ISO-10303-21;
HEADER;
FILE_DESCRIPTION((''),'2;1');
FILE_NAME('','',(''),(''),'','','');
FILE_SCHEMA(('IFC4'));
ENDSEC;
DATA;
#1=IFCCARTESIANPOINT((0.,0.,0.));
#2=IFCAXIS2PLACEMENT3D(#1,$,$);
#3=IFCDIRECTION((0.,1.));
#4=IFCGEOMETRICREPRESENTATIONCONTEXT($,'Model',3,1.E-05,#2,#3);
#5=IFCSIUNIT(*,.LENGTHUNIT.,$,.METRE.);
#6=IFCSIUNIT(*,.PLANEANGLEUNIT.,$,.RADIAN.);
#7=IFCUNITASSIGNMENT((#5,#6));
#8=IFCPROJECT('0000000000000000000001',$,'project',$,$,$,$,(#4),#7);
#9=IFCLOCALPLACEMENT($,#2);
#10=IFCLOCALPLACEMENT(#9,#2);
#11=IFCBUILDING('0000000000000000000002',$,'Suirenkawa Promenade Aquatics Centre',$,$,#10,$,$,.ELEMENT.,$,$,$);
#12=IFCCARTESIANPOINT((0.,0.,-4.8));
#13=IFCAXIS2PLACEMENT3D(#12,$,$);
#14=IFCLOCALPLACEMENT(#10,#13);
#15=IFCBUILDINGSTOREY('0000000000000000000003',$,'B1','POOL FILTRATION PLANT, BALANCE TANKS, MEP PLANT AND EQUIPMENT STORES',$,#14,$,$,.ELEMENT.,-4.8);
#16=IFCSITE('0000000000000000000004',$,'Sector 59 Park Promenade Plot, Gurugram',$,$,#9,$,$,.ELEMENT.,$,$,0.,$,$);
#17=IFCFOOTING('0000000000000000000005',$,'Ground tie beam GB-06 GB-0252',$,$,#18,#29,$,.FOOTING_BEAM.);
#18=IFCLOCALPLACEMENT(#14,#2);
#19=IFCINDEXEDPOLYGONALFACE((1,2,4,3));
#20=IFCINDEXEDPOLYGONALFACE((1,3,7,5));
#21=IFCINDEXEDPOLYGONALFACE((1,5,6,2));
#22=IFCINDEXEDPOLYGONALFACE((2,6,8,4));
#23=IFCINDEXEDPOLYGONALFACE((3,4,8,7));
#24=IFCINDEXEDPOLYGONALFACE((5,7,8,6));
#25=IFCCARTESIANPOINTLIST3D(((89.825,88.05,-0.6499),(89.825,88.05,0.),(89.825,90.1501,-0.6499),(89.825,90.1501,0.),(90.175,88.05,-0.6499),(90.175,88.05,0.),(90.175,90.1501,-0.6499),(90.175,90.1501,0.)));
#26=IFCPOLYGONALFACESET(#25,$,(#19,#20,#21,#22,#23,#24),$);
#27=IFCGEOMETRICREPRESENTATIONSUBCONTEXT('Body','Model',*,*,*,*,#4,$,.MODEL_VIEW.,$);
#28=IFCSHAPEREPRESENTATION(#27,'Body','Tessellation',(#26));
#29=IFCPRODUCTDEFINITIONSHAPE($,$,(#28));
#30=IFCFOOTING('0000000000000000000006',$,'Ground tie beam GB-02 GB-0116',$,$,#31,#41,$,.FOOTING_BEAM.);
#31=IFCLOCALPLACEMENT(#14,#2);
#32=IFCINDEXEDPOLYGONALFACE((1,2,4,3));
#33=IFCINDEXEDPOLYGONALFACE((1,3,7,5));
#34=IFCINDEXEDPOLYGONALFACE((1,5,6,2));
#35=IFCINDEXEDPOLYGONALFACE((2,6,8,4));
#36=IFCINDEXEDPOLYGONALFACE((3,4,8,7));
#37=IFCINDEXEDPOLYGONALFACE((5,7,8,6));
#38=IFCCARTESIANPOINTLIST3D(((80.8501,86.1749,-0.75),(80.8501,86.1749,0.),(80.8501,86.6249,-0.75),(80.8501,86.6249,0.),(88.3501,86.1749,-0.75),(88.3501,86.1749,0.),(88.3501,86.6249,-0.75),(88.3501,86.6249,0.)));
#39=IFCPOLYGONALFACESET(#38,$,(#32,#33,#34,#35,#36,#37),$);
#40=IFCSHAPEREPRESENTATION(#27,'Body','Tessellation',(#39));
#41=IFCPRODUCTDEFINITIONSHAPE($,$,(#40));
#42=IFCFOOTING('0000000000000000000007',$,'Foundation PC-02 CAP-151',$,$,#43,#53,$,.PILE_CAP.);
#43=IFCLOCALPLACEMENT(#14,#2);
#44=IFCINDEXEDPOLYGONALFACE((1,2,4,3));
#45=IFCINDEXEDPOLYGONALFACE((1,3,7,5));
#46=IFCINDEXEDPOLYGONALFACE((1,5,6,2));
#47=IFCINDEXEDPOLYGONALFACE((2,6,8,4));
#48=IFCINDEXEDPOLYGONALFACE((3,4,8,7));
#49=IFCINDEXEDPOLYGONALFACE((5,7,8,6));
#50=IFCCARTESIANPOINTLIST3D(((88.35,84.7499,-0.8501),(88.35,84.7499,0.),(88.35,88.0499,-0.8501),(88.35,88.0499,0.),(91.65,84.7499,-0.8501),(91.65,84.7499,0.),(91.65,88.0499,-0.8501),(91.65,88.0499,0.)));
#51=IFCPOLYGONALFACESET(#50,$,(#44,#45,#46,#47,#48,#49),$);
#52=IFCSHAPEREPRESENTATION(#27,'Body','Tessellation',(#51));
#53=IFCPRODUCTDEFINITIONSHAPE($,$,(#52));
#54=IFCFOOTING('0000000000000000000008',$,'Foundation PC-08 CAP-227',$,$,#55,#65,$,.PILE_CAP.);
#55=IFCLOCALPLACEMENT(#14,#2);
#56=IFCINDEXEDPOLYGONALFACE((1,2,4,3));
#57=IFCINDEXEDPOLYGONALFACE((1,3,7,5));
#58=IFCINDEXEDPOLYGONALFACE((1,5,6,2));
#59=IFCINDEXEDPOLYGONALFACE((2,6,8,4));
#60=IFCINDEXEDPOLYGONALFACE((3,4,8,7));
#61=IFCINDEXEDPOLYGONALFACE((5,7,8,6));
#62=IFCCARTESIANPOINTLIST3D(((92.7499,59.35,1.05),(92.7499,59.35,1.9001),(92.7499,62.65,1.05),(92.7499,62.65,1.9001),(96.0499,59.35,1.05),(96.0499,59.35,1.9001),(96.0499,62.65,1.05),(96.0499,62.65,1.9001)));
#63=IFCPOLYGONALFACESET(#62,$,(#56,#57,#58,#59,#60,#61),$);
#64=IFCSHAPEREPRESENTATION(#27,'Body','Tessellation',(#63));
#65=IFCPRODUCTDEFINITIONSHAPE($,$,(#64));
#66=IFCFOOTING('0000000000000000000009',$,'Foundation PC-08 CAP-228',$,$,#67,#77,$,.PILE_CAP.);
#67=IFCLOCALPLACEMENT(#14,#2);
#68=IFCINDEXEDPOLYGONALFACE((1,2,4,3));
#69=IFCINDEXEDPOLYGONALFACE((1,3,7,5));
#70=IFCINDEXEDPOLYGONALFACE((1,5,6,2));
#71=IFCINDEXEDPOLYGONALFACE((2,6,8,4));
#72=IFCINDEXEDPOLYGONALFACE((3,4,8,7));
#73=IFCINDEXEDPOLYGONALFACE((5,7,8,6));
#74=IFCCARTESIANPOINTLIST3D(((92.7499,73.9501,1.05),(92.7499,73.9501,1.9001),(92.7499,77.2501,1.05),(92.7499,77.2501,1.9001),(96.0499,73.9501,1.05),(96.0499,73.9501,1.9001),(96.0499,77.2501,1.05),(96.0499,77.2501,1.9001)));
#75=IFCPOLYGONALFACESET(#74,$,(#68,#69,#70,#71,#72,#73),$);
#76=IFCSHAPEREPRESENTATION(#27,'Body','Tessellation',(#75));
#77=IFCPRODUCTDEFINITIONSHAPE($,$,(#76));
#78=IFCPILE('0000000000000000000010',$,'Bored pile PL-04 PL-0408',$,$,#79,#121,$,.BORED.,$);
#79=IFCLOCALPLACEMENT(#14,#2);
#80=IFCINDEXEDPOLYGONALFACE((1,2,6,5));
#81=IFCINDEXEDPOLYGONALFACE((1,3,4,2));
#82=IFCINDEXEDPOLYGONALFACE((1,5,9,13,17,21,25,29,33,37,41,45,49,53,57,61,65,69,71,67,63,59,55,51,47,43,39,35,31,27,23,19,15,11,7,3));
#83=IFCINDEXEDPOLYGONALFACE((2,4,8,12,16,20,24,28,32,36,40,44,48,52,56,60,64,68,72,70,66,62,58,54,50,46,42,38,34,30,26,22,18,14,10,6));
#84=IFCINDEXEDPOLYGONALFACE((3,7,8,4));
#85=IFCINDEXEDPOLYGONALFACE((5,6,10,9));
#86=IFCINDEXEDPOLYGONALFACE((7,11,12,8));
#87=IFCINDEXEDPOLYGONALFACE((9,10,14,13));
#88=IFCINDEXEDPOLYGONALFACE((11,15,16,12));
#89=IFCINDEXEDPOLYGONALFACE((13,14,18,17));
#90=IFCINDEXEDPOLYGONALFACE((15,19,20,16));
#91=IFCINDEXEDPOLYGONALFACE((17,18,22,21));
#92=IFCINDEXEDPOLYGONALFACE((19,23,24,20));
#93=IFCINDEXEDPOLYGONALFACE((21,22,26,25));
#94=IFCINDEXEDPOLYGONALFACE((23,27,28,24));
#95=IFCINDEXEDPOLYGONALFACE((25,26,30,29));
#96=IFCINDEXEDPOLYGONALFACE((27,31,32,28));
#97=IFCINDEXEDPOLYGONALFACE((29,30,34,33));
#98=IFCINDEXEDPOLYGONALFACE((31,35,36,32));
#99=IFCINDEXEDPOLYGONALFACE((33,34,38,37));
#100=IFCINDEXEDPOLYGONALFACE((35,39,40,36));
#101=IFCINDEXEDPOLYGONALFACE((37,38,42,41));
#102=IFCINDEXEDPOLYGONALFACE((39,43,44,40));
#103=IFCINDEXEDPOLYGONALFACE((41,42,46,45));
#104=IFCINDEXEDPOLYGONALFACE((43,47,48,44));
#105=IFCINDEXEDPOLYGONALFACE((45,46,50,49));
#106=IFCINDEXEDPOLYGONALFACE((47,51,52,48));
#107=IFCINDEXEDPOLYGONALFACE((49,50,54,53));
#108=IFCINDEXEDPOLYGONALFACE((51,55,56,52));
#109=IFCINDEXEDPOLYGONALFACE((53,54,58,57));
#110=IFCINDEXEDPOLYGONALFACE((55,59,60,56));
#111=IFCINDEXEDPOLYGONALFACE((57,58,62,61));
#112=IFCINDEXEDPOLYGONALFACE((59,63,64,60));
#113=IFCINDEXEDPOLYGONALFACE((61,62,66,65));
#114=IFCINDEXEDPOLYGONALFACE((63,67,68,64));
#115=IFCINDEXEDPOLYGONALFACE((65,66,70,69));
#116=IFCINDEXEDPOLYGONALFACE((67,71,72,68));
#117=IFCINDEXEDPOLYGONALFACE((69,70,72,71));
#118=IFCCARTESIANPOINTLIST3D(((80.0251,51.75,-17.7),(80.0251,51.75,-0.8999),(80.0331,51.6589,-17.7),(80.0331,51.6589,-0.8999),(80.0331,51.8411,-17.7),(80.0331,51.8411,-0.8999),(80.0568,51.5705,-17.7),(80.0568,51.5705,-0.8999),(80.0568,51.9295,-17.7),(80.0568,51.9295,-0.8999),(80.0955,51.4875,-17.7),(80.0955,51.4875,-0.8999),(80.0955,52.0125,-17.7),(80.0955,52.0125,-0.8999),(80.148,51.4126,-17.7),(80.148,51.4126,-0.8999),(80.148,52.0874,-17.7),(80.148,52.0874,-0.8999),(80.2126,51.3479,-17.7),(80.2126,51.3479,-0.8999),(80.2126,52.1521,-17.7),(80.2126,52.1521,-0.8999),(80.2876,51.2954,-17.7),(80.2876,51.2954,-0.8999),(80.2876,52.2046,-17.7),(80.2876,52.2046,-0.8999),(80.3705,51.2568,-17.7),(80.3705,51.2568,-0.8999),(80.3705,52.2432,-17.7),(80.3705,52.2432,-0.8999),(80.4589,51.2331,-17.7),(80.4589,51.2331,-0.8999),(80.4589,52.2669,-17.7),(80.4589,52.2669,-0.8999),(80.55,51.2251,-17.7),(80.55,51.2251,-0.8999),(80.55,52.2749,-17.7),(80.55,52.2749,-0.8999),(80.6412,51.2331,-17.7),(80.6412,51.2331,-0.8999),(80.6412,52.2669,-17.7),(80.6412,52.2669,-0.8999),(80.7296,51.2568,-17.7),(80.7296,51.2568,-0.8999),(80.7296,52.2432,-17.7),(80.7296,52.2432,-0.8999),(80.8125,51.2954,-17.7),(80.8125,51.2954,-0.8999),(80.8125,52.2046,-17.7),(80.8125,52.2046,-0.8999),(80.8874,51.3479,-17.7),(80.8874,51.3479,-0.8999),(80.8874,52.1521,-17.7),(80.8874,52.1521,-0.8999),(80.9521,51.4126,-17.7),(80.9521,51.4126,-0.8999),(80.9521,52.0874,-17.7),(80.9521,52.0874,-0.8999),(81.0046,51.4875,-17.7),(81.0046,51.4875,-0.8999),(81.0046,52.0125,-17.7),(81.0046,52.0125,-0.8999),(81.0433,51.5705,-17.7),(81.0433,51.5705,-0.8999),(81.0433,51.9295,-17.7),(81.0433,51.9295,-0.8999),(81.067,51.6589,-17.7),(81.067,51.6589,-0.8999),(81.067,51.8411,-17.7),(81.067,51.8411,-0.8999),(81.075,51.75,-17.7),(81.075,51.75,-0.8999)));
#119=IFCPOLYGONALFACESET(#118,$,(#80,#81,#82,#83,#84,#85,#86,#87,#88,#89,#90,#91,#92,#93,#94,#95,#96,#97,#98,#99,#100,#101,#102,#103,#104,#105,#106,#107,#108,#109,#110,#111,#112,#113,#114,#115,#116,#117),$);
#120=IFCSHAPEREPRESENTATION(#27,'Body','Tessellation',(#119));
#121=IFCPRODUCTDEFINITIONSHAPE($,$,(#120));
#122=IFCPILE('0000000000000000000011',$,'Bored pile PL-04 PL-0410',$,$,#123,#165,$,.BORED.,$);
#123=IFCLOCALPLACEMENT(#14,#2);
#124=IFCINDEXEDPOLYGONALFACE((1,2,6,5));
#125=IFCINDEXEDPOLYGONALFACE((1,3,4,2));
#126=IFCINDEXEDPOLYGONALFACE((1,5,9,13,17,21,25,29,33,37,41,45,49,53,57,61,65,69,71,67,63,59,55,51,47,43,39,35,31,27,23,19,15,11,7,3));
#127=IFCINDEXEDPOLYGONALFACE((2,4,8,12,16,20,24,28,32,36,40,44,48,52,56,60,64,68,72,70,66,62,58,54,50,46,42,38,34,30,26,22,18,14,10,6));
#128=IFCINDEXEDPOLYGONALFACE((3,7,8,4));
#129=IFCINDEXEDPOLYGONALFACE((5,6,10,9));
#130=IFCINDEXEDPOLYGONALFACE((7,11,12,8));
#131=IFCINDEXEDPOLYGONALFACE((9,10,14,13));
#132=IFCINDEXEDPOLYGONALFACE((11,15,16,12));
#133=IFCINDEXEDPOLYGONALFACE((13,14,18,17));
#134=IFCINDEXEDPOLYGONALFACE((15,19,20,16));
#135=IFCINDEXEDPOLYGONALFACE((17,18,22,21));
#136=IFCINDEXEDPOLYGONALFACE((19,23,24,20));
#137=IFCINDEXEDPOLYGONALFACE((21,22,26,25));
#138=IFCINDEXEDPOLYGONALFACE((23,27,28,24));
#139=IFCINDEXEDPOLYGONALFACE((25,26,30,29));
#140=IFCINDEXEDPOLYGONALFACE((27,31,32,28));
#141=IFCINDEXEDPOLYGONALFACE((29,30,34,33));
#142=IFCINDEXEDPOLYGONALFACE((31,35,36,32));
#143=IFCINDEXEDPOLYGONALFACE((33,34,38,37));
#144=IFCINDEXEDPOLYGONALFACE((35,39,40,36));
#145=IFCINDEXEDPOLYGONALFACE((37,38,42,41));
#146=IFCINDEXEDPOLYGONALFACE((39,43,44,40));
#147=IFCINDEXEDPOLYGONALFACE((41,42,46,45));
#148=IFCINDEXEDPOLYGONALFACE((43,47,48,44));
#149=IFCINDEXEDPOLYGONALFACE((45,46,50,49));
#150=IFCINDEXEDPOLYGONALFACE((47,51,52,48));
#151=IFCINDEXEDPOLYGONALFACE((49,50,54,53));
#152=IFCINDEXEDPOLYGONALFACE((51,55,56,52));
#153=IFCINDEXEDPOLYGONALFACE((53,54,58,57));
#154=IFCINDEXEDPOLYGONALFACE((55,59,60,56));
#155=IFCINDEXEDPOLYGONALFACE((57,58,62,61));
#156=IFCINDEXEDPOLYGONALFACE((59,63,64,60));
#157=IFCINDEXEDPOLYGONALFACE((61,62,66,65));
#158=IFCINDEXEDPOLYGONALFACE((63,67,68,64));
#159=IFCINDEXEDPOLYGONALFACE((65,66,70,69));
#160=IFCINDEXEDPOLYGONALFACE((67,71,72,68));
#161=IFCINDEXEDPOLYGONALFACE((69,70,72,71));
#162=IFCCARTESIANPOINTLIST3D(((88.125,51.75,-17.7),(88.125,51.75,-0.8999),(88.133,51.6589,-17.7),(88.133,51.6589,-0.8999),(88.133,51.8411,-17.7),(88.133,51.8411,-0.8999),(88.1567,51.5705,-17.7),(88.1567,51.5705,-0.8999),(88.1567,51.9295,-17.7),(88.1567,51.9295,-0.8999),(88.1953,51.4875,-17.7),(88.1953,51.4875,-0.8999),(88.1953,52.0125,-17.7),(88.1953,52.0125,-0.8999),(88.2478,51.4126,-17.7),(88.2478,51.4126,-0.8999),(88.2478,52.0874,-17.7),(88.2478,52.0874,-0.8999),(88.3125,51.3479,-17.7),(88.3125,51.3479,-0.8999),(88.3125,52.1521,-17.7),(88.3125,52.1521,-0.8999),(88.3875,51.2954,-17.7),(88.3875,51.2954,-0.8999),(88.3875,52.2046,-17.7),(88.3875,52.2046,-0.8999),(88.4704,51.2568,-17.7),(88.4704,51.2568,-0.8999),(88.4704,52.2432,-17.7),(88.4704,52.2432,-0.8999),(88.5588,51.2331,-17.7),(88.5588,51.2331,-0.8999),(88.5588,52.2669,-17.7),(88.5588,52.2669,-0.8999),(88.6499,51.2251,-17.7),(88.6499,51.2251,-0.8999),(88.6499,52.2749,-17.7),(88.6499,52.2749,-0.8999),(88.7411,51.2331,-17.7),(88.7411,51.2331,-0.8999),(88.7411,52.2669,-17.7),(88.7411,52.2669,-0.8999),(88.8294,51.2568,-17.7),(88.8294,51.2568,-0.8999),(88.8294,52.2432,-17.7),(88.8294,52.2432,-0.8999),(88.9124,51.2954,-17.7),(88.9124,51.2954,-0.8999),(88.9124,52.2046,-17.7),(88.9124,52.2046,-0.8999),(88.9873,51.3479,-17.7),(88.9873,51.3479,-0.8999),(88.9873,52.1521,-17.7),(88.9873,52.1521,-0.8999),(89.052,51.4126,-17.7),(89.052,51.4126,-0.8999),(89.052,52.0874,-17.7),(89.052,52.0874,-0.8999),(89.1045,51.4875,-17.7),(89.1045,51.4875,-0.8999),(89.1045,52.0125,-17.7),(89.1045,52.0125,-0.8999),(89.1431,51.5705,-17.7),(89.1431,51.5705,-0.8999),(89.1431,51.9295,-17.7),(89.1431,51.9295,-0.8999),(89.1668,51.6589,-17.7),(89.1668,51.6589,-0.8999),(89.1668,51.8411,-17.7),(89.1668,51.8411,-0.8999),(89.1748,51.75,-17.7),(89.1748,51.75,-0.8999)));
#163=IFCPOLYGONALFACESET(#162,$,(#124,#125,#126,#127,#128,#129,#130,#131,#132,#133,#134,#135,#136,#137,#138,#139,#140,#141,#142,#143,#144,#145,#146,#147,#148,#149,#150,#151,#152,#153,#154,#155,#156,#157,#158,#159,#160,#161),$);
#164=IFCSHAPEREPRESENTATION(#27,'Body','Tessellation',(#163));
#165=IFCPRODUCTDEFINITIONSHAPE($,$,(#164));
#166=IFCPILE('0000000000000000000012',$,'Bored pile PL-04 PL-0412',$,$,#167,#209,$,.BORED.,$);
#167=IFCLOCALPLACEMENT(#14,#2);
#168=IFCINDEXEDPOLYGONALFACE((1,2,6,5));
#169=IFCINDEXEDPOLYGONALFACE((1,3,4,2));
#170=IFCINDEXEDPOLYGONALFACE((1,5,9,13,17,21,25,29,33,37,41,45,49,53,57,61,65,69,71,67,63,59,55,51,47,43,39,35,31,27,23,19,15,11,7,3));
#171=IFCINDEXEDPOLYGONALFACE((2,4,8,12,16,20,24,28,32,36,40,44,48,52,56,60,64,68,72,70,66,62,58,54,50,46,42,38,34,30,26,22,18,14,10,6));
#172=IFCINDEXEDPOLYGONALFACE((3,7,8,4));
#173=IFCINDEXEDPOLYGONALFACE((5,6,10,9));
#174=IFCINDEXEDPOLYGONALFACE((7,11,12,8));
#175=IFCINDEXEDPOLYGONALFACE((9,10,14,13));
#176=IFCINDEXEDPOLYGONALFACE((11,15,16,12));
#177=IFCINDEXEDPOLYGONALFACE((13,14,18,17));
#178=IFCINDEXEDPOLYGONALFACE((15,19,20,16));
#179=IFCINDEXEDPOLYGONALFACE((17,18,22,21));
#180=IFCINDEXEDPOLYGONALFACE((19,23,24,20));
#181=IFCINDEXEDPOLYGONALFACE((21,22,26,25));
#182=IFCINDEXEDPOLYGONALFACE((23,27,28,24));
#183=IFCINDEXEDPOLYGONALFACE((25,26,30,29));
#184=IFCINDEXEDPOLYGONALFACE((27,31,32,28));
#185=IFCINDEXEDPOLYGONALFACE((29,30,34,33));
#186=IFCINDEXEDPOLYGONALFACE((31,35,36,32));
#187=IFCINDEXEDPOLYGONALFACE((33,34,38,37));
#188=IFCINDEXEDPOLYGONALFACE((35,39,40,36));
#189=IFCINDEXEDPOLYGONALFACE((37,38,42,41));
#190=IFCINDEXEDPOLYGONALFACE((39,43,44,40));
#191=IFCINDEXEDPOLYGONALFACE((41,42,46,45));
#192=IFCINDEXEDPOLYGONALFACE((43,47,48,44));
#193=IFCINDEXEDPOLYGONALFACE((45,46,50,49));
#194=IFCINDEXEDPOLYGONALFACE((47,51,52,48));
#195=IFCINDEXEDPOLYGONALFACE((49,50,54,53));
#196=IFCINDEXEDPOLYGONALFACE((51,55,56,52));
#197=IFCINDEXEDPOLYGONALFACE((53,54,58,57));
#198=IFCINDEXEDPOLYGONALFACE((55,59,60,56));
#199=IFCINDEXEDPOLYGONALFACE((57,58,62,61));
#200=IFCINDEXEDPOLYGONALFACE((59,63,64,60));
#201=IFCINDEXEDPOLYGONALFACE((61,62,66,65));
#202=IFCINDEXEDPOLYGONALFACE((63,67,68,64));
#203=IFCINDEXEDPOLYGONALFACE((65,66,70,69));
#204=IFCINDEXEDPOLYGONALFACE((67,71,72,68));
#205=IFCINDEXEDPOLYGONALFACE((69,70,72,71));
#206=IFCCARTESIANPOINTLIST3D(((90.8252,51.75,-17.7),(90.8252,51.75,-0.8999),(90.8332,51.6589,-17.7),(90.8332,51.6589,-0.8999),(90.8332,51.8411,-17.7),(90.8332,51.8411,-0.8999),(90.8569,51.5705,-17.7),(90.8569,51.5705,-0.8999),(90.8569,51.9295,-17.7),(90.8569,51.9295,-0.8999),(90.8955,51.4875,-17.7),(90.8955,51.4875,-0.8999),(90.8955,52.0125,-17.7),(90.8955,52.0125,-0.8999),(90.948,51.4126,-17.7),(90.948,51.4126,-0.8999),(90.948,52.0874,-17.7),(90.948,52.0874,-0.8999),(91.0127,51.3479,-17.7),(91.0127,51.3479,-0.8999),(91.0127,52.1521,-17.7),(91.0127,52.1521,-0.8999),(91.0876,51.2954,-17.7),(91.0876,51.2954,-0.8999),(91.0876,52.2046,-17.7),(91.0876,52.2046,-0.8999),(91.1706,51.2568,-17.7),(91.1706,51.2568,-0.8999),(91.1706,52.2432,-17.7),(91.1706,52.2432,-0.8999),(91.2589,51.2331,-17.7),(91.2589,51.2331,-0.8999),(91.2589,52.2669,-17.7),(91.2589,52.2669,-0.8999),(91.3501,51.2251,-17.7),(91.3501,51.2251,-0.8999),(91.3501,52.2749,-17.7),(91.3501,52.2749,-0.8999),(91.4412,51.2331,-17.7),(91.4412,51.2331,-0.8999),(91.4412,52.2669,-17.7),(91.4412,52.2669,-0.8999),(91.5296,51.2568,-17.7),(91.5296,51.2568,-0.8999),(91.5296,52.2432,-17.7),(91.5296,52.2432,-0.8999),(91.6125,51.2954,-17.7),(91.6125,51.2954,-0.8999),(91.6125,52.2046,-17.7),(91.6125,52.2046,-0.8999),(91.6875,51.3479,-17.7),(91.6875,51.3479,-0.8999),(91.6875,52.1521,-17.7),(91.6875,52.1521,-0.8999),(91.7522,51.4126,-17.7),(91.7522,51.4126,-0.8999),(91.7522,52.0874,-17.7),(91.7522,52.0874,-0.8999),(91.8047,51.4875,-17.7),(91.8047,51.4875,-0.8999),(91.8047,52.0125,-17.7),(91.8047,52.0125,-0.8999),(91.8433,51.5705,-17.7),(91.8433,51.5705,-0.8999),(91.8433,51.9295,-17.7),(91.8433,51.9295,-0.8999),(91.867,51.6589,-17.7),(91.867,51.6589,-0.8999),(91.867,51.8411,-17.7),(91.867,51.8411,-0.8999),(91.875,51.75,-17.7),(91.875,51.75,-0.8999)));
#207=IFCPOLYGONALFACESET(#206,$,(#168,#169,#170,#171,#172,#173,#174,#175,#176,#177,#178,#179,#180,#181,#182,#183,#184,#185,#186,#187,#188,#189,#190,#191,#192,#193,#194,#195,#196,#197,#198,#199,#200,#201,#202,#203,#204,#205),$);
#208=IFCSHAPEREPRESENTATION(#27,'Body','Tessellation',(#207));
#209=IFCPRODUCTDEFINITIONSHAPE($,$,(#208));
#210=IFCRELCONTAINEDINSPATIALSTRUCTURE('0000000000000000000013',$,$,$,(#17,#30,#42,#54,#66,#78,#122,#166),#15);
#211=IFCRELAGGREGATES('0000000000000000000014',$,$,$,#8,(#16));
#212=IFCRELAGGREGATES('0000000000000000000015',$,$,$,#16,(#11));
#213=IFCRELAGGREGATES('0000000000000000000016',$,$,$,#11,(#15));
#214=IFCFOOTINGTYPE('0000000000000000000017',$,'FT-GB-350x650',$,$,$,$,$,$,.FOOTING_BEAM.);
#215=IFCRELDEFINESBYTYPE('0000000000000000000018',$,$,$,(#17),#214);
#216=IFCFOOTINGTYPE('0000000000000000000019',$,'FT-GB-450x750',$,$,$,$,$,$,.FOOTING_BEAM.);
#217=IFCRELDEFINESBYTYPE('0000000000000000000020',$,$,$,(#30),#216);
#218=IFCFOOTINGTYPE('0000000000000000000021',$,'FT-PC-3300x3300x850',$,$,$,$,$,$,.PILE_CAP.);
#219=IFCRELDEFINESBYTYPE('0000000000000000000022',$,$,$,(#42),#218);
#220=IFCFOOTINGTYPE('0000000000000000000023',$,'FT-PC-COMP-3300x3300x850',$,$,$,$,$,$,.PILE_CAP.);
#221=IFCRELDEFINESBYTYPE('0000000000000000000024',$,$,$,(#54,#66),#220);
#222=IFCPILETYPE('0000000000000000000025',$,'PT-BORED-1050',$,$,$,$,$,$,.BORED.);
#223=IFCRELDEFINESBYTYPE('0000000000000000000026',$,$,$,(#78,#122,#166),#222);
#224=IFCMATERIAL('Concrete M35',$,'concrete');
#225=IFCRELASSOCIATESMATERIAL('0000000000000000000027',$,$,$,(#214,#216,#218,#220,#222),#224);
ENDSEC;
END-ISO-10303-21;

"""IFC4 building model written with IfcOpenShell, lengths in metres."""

from ifc_helpers import new_model, si_unit, direction, frame, origin, origin_2d, place, context, subcontext, project, spatial, rectangle, circle, extrude, material, material_profile, profile_set, type_object, element, save


model = new_model("IFC4")

# Units and contexts
model_context = context("Model", 3, precision=1e-05, world=origin(), true_north=direction((0.0, 1.0)))
body_context = subcontext(model_context, "Body", "Model", "MODEL_VIEW")
ifc_project = project(units=[si_unit("LENGTHUNIT", "METRE"), si_unit("PLANEANGLEUNIT", "RADIAN")], contexts=[model_context])

# Site, building, storey
site_placement = place(None, origin())
site = spatial("IfcSite", under=ifc_project, at=site_placement, Name="Sector 59 Park Promenade Plot, Gurugram", CompositionType="ELEMENT", RefElevation=0.0)
building_placement = place(site_placement, origin())
building = spatial("IfcBuilding", under=site, at=building_placement, Name="Suirenkawa Promenade Aquatics Centre", CompositionType="ELEMENT")
storey_placement = place(building_placement, frame((0.0, 0.0, -4.8)))
storey = spatial("IfcBuildingStorey", under=building, at=storey_placement, Name="B1", Description="POOL FILTRATION PLANT, BALANCE TANKS, MEP PLANT AND EQUIPMENT STORES", CompositionType="ELEMENT", Elevation=-4.8)

# Footings
ifc_material_1 = material(Name="Concrete M35", Category="concrete")
footing_type_1 = type_object("IfcFootingType", Name="FT-GB-350x650", PredefinedType="FOOTING_BEAM", material=ifc_material_1)
footing_1_placement = place(storey_placement, frame((90.0, 89.1001, -0.6499), z_axis=(0.0, 0.0, 1.0), x_axis=(0.0, 1.0, 0.0)))
element("IfcFooting", 1, at=footing_1_placement, inside=storey, type_object=footing_type_1, Name="Ground tie beam GB-06 GB-0252", PredefinedType="FOOTING_BEAM", context=body_context, shape_type="SweptSolid", body=[
    extrude(rectangle(XDim=2.1001, YDim=0.3501, at=origin_2d()), origin(), (0.0, 0.0, 1.0), 0.6499),
])
footing_type_2 = type_object("IfcFootingType", Name="FT-GB-450x750", PredefinedType="FOOTING_BEAM", material=ifc_material_1)
footing_2_placement = place(storey_placement, frame((84.6001, 86.3999, -0.75), z_axis=(0.0, 0.0, 1.0), x_axis=(1.0, 0.0, 0.0)))
element("IfcFooting", 2, at=footing_2_placement, inside=storey, type_object=footing_type_2, Name="Ground tie beam GB-02 GB-0116", PredefinedType="FOOTING_BEAM", context=body_context, shape_type="SweptSolid", body=[
    extrude(rectangle(XDim=7.5, YDim=0.45, at=origin_2d()), origin(), (0.0, 0.0, 1.0), 0.75),
])
footing_type_3 = type_object("IfcFootingType", Name="FT-PC-3300x3300x850", PredefinedType="PILE_CAP", material=ifc_material_1)
footing_3_placement = place(storey_placement, frame((90.0, 86.3999, -0.8501), z_axis=(0.0, 0.0, 1.0), x_axis=(1.0, 0.0, 0.0)))
element("IfcFooting", 3, at=footing_3_placement, inside=storey, type_object=footing_type_3, Name="Foundation PC-02 CAP-151", PredefinedType="PILE_CAP", context=body_context, shape_type="SweptSolid", body=[
    extrude(rectangle(XDim=3.3, YDim=3.3, at=origin_2d()), origin(), (0.0, 0.0, 1.0), 0.8501),
])
footing_type_4 = type_object("IfcFootingType", Name="FT-PC-COMP-3300x3300x850", PredefinedType="PILE_CAP", material=ifc_material_1)
for number, where, z_axis, x_axis, name in (
    (4, (94.3999, 61.0, 1.05), (0.0, 0.0, 1.0), (1.0, 0.0, 0.0), "Foundation PC-08 CAP-227"),
    (5, (94.3999, 75.6001, 1.05), (0.0, 0.0, 1.0), (1.0, 0.0, 0.0), "Foundation PC-08 CAP-228"),
):
    element("IfcFooting", number, at=place(storey_placement, frame(where, z_axis=z_axis, x_axis=x_axis)), inside=storey, type_object=footing_type_4, Name=name, PredefinedType="PILE_CAP", context=body_context, shape_type="SweptSolid", body=[
        extrude(rectangle(XDim=3.3, YDim=3.3, at=origin_2d()), origin(), (0.0, 0.0, 1.0), 0.8501),
    ])

# Piles
ifc_material_profile_1 = material_profile(ifc_material_1, circle(Radius=0.5249, at=origin_2d()), Name="PILE D1050", Category="concrete")
ifc_profile_set_1 = profile_set([ifc_material_profile_1], Name="Concrete M35")
pile_type_1 = type_object("IfcPileType", Name="PT-BORED-1050", PredefinedType="BORED", material=ifc_profile_set_1)
for number, where, z_axis, x_axis, name in (
    (6, (80.55, 51.75, -0.8999), (0.0, 0.0, -1.0), (1.0, 0.0, 0.0), "Bored pile PL-04 PL-0408"),
    (7, (88.6499, 51.75, -0.8999), (0.0, 0.0, -1.0), (1.0, 0.0, 0.0), "Bored pile PL-04 PL-0410"),
    (8, (91.3501, 51.75, -0.8999), (0.0, 0.0, -1.0), (1.0, 0.0, 0.0), "Bored pile PL-04 PL-0412"),
):
    element("IfcPile", number, at=place(storey_placement, frame(where, z_axis=z_axis, x_axis=x_axis)), inside=storey, type_object=pile_type_1, Name=name, PredefinedType="BORED", context=body_context, shape_type="SweptSolid", body=[
        extrude(circle(Radius=0.5249, at=origin_2d()), origin(), (0.0, 0.0, 1.0), 16.8),
    ])

save(model, "model.ifc")
